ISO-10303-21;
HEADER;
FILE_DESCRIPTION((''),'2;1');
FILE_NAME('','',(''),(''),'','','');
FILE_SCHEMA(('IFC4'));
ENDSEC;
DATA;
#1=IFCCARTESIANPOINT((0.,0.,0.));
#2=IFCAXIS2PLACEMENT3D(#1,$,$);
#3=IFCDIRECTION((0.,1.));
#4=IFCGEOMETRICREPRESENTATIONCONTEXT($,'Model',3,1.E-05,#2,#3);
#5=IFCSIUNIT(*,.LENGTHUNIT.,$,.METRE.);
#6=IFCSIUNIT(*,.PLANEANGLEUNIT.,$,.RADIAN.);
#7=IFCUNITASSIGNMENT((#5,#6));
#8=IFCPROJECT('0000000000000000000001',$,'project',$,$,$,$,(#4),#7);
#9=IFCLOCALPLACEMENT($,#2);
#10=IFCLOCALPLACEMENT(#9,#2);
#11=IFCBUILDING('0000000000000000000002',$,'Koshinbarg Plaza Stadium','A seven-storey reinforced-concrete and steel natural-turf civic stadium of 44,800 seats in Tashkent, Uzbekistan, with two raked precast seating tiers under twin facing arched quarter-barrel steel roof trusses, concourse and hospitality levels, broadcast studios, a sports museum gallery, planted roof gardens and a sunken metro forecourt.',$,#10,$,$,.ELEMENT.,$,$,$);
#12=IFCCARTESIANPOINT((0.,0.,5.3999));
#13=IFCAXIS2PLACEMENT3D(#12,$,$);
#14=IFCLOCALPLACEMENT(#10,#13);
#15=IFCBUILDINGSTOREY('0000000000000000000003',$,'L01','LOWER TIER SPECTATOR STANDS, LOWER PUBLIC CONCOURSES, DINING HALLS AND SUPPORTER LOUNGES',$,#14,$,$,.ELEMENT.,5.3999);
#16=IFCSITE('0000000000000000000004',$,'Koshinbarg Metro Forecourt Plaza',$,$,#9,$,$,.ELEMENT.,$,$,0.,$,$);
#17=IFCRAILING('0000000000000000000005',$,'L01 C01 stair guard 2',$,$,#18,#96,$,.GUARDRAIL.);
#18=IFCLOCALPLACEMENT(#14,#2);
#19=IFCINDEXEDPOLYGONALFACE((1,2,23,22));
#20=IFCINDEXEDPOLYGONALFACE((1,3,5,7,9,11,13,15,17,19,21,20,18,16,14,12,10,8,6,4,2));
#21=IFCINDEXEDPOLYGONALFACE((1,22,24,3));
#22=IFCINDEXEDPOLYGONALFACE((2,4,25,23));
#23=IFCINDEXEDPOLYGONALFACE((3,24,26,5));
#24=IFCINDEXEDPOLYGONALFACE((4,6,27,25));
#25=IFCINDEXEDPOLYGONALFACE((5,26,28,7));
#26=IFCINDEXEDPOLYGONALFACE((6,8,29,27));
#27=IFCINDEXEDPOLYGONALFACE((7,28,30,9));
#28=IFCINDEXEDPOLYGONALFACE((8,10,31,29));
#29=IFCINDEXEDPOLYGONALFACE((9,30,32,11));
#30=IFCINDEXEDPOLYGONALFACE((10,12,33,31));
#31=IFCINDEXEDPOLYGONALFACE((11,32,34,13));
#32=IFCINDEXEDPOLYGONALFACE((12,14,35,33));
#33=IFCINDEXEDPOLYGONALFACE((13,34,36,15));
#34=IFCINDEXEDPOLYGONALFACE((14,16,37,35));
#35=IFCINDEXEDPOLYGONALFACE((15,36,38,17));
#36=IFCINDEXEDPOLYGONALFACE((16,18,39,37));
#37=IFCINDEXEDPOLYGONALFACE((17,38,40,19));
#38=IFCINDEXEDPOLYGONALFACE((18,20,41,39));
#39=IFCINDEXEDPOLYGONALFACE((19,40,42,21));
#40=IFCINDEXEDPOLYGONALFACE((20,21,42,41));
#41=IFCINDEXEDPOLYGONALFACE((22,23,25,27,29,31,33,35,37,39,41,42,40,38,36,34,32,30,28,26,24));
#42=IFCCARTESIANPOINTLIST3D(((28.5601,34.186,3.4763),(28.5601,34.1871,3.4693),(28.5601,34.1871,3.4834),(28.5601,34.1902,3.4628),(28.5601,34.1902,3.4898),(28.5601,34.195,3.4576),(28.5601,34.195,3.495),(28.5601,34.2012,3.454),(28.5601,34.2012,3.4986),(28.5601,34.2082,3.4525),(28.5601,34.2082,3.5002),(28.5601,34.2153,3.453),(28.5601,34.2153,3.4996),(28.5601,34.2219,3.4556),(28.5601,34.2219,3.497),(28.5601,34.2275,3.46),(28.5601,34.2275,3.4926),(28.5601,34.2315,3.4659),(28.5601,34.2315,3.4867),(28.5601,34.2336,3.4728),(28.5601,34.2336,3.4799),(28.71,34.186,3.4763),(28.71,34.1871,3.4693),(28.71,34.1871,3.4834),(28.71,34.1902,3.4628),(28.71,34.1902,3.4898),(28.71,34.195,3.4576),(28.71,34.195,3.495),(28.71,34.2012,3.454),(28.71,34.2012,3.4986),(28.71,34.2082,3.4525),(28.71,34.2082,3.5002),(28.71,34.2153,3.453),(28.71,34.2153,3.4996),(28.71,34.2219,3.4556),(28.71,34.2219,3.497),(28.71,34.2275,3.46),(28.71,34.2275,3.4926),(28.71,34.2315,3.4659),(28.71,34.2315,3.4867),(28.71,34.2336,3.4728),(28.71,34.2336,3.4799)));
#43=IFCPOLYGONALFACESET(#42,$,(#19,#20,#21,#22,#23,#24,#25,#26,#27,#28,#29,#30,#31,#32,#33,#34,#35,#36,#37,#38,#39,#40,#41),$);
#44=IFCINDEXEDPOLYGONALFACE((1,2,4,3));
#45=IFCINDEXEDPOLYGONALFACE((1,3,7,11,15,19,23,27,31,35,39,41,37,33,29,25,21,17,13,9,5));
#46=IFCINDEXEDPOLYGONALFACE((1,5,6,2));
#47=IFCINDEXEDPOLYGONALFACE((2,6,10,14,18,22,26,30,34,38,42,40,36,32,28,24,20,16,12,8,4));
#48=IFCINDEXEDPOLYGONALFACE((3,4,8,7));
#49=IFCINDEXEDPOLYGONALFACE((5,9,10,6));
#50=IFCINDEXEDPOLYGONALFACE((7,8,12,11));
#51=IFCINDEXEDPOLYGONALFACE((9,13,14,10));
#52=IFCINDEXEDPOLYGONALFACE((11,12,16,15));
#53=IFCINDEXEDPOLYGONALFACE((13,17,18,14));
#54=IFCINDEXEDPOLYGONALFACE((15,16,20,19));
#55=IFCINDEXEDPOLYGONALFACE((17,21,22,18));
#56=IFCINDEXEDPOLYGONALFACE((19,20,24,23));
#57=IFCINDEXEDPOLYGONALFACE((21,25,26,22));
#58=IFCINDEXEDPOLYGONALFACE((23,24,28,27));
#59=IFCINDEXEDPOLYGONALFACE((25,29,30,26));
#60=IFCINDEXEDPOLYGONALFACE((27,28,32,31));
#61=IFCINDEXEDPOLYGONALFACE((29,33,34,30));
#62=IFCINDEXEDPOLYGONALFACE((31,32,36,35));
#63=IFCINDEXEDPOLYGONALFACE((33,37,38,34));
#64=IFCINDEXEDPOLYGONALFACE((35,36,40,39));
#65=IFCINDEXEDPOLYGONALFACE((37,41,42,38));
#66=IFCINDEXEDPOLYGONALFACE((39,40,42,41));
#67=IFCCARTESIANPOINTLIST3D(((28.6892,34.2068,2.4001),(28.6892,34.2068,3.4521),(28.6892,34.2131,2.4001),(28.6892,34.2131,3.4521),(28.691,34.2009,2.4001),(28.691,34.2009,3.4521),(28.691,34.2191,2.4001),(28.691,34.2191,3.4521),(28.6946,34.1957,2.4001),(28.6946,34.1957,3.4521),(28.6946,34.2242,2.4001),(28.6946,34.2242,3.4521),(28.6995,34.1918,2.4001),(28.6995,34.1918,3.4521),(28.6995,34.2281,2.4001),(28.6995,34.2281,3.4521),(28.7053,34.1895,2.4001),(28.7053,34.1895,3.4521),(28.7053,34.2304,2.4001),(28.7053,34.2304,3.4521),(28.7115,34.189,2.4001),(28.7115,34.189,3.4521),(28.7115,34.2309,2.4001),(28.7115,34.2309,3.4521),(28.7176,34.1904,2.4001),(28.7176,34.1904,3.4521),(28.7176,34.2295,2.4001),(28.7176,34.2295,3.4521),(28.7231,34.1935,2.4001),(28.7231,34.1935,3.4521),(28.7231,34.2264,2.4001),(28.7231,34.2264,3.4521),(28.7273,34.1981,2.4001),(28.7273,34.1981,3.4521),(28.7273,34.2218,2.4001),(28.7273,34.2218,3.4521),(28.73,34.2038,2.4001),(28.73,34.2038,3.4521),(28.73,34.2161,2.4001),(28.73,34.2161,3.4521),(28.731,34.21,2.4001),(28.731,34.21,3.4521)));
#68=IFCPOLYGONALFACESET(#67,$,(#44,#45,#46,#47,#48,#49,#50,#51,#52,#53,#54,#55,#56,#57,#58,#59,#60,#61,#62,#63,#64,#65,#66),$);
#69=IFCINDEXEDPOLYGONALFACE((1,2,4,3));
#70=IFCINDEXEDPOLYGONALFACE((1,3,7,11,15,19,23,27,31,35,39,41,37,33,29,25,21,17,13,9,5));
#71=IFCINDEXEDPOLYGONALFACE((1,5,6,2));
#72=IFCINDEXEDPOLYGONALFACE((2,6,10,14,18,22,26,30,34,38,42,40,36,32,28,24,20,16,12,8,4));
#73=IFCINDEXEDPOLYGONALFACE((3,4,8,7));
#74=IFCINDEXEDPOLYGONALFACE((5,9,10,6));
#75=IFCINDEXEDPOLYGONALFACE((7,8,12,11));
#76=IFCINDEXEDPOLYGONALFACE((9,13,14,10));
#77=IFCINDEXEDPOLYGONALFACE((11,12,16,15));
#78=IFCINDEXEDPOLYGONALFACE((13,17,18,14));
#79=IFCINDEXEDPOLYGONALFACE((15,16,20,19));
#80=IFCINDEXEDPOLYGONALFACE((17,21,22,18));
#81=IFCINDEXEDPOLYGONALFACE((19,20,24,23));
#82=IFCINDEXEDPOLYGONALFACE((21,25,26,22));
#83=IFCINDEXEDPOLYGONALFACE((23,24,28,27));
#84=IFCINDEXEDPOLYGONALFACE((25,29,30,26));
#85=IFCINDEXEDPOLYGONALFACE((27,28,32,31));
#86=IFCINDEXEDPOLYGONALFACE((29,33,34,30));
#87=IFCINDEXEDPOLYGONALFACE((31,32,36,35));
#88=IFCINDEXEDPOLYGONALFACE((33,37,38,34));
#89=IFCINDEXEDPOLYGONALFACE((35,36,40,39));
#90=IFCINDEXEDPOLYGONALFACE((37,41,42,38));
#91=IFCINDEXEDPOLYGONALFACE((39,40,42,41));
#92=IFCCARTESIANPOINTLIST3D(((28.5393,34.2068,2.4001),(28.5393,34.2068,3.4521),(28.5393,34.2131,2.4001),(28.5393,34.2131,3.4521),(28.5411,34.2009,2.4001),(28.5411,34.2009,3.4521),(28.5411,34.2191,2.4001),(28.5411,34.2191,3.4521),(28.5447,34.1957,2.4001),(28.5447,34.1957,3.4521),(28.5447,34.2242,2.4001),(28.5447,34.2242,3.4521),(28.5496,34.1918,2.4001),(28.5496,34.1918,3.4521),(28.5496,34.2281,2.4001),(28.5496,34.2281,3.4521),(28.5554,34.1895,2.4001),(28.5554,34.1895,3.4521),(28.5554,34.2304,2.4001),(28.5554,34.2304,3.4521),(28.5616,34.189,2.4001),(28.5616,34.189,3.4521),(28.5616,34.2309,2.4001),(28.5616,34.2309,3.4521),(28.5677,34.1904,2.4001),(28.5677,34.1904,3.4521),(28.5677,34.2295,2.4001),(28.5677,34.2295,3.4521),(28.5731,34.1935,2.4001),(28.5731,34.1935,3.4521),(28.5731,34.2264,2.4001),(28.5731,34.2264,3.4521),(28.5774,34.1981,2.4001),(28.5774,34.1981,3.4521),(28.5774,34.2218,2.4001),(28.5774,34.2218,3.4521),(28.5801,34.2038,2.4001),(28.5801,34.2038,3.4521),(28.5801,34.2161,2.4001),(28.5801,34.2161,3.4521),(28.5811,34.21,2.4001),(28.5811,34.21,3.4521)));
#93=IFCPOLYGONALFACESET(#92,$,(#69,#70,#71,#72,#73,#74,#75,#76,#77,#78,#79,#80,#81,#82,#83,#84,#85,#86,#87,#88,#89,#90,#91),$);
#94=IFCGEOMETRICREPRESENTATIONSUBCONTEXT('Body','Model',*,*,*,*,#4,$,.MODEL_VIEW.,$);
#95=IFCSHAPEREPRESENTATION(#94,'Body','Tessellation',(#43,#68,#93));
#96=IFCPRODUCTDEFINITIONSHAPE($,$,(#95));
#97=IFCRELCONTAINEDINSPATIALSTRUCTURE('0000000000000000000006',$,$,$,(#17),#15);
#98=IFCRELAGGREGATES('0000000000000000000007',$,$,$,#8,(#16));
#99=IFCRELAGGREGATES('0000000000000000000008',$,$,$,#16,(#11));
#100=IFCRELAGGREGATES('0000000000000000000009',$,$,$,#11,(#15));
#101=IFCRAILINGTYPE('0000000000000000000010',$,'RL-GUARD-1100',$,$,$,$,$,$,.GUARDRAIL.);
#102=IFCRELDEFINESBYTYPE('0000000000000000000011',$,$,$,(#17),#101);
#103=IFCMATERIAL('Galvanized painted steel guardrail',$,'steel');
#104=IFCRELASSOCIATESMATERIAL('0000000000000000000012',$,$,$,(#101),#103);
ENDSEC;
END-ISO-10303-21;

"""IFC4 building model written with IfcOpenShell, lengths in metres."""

from ifc_helpers import new_model, si_unit, direction, frame, origin, origin_2d, place, context, subcontext, project, spatial, circle, extrude, material, type_object, element, save


model = new_model("IFC4")

# Units and contexts
model_context = context("Model", 3, precision=1e-05, world=origin(), true_north=direction((0.0, 1.0)))
body_context = subcontext(model_context, "Body", "Model", "MODEL_VIEW")
ifc_project = project(units=[si_unit("LENGTHUNIT", "METRE"), si_unit("PLANEANGLEUNIT", "RADIAN")], contexts=[model_context])

# Site, building, storey
site_placement = place(None, origin())
site = spatial("IfcSite", under=ifc_project, at=site_placement, Name="Koshinbarg Metro Forecourt Plaza", CompositionType="ELEMENT", RefElevation=0.0)
building_placement = place(site_placement, origin())
building = spatial("IfcBuilding", under=site, at=building_placement, Name="Koshinbarg Plaza Stadium", Description="A seven-storey reinforced-concrete and steel natural-turf civic stadium of 44,800 seats in Tashkent, Uzbekistan, with two raked precast seating tiers under twin facing arched quarter-barrel steel roof trusses, concourse and hospitality levels, broadcast studios, a sports museum gallery, planted roof gardens and a sunken metro forecourt.", CompositionType="ELEMENT")
storey_placement = place(building_placement, frame((0.0, 0.0, 5.3999)))
storey = spatial("IfcBuildingStorey", under=building, at=storey_placement, Name="L01", Description="LOWER TIER SPECTATOR STANDS, LOWER PUBLIC CONCOURSES, DINING HALLS AND SUPPORTER LOUNGES", CompositionType="ELEMENT", Elevation=5.3999)

# Railing
ifc_material_1 = material(Name="Galvanized painted steel guardrail", Category="steel")
railing_type_1 = type_object("IfcRailingType", Name="RL-GUARD-1100", PredefinedType="GUARDRAIL", material=ifc_material_1)
railing_1_placement = place(storey_placement, frame((28.71, 34.21, 2.4001)))
element("IfcRailing", 1, at=railing_1_placement, inside=storey, type_object=railing_type_1, Name="L01 C01 stair guard 2", PredefinedType="GUARDRAIL", context=body_context, shape_type="SweptSolid", body=[
    extrude(circle(Radius=0.0239, at=origin_2d()), frame((0.0, 0.0, 1.0762), z_axis=(-1.0, 0.0, 0.0), x_axis=(0.0, -1.0, 0.0)), (0.0, 0.0, 1.0), 0.1499),
    extrude(circle(Radius=0.021, at=origin_2d()), origin(), (0.0, 0.0, 1.0), 1.052),
    extrude(circle(Radius=0.021, at=origin_2d()), frame((-0.1499, 0.0, 0.0)), (0.0, 0.0, 1.0), 1.052),
])

save(model, "model.ifc")
